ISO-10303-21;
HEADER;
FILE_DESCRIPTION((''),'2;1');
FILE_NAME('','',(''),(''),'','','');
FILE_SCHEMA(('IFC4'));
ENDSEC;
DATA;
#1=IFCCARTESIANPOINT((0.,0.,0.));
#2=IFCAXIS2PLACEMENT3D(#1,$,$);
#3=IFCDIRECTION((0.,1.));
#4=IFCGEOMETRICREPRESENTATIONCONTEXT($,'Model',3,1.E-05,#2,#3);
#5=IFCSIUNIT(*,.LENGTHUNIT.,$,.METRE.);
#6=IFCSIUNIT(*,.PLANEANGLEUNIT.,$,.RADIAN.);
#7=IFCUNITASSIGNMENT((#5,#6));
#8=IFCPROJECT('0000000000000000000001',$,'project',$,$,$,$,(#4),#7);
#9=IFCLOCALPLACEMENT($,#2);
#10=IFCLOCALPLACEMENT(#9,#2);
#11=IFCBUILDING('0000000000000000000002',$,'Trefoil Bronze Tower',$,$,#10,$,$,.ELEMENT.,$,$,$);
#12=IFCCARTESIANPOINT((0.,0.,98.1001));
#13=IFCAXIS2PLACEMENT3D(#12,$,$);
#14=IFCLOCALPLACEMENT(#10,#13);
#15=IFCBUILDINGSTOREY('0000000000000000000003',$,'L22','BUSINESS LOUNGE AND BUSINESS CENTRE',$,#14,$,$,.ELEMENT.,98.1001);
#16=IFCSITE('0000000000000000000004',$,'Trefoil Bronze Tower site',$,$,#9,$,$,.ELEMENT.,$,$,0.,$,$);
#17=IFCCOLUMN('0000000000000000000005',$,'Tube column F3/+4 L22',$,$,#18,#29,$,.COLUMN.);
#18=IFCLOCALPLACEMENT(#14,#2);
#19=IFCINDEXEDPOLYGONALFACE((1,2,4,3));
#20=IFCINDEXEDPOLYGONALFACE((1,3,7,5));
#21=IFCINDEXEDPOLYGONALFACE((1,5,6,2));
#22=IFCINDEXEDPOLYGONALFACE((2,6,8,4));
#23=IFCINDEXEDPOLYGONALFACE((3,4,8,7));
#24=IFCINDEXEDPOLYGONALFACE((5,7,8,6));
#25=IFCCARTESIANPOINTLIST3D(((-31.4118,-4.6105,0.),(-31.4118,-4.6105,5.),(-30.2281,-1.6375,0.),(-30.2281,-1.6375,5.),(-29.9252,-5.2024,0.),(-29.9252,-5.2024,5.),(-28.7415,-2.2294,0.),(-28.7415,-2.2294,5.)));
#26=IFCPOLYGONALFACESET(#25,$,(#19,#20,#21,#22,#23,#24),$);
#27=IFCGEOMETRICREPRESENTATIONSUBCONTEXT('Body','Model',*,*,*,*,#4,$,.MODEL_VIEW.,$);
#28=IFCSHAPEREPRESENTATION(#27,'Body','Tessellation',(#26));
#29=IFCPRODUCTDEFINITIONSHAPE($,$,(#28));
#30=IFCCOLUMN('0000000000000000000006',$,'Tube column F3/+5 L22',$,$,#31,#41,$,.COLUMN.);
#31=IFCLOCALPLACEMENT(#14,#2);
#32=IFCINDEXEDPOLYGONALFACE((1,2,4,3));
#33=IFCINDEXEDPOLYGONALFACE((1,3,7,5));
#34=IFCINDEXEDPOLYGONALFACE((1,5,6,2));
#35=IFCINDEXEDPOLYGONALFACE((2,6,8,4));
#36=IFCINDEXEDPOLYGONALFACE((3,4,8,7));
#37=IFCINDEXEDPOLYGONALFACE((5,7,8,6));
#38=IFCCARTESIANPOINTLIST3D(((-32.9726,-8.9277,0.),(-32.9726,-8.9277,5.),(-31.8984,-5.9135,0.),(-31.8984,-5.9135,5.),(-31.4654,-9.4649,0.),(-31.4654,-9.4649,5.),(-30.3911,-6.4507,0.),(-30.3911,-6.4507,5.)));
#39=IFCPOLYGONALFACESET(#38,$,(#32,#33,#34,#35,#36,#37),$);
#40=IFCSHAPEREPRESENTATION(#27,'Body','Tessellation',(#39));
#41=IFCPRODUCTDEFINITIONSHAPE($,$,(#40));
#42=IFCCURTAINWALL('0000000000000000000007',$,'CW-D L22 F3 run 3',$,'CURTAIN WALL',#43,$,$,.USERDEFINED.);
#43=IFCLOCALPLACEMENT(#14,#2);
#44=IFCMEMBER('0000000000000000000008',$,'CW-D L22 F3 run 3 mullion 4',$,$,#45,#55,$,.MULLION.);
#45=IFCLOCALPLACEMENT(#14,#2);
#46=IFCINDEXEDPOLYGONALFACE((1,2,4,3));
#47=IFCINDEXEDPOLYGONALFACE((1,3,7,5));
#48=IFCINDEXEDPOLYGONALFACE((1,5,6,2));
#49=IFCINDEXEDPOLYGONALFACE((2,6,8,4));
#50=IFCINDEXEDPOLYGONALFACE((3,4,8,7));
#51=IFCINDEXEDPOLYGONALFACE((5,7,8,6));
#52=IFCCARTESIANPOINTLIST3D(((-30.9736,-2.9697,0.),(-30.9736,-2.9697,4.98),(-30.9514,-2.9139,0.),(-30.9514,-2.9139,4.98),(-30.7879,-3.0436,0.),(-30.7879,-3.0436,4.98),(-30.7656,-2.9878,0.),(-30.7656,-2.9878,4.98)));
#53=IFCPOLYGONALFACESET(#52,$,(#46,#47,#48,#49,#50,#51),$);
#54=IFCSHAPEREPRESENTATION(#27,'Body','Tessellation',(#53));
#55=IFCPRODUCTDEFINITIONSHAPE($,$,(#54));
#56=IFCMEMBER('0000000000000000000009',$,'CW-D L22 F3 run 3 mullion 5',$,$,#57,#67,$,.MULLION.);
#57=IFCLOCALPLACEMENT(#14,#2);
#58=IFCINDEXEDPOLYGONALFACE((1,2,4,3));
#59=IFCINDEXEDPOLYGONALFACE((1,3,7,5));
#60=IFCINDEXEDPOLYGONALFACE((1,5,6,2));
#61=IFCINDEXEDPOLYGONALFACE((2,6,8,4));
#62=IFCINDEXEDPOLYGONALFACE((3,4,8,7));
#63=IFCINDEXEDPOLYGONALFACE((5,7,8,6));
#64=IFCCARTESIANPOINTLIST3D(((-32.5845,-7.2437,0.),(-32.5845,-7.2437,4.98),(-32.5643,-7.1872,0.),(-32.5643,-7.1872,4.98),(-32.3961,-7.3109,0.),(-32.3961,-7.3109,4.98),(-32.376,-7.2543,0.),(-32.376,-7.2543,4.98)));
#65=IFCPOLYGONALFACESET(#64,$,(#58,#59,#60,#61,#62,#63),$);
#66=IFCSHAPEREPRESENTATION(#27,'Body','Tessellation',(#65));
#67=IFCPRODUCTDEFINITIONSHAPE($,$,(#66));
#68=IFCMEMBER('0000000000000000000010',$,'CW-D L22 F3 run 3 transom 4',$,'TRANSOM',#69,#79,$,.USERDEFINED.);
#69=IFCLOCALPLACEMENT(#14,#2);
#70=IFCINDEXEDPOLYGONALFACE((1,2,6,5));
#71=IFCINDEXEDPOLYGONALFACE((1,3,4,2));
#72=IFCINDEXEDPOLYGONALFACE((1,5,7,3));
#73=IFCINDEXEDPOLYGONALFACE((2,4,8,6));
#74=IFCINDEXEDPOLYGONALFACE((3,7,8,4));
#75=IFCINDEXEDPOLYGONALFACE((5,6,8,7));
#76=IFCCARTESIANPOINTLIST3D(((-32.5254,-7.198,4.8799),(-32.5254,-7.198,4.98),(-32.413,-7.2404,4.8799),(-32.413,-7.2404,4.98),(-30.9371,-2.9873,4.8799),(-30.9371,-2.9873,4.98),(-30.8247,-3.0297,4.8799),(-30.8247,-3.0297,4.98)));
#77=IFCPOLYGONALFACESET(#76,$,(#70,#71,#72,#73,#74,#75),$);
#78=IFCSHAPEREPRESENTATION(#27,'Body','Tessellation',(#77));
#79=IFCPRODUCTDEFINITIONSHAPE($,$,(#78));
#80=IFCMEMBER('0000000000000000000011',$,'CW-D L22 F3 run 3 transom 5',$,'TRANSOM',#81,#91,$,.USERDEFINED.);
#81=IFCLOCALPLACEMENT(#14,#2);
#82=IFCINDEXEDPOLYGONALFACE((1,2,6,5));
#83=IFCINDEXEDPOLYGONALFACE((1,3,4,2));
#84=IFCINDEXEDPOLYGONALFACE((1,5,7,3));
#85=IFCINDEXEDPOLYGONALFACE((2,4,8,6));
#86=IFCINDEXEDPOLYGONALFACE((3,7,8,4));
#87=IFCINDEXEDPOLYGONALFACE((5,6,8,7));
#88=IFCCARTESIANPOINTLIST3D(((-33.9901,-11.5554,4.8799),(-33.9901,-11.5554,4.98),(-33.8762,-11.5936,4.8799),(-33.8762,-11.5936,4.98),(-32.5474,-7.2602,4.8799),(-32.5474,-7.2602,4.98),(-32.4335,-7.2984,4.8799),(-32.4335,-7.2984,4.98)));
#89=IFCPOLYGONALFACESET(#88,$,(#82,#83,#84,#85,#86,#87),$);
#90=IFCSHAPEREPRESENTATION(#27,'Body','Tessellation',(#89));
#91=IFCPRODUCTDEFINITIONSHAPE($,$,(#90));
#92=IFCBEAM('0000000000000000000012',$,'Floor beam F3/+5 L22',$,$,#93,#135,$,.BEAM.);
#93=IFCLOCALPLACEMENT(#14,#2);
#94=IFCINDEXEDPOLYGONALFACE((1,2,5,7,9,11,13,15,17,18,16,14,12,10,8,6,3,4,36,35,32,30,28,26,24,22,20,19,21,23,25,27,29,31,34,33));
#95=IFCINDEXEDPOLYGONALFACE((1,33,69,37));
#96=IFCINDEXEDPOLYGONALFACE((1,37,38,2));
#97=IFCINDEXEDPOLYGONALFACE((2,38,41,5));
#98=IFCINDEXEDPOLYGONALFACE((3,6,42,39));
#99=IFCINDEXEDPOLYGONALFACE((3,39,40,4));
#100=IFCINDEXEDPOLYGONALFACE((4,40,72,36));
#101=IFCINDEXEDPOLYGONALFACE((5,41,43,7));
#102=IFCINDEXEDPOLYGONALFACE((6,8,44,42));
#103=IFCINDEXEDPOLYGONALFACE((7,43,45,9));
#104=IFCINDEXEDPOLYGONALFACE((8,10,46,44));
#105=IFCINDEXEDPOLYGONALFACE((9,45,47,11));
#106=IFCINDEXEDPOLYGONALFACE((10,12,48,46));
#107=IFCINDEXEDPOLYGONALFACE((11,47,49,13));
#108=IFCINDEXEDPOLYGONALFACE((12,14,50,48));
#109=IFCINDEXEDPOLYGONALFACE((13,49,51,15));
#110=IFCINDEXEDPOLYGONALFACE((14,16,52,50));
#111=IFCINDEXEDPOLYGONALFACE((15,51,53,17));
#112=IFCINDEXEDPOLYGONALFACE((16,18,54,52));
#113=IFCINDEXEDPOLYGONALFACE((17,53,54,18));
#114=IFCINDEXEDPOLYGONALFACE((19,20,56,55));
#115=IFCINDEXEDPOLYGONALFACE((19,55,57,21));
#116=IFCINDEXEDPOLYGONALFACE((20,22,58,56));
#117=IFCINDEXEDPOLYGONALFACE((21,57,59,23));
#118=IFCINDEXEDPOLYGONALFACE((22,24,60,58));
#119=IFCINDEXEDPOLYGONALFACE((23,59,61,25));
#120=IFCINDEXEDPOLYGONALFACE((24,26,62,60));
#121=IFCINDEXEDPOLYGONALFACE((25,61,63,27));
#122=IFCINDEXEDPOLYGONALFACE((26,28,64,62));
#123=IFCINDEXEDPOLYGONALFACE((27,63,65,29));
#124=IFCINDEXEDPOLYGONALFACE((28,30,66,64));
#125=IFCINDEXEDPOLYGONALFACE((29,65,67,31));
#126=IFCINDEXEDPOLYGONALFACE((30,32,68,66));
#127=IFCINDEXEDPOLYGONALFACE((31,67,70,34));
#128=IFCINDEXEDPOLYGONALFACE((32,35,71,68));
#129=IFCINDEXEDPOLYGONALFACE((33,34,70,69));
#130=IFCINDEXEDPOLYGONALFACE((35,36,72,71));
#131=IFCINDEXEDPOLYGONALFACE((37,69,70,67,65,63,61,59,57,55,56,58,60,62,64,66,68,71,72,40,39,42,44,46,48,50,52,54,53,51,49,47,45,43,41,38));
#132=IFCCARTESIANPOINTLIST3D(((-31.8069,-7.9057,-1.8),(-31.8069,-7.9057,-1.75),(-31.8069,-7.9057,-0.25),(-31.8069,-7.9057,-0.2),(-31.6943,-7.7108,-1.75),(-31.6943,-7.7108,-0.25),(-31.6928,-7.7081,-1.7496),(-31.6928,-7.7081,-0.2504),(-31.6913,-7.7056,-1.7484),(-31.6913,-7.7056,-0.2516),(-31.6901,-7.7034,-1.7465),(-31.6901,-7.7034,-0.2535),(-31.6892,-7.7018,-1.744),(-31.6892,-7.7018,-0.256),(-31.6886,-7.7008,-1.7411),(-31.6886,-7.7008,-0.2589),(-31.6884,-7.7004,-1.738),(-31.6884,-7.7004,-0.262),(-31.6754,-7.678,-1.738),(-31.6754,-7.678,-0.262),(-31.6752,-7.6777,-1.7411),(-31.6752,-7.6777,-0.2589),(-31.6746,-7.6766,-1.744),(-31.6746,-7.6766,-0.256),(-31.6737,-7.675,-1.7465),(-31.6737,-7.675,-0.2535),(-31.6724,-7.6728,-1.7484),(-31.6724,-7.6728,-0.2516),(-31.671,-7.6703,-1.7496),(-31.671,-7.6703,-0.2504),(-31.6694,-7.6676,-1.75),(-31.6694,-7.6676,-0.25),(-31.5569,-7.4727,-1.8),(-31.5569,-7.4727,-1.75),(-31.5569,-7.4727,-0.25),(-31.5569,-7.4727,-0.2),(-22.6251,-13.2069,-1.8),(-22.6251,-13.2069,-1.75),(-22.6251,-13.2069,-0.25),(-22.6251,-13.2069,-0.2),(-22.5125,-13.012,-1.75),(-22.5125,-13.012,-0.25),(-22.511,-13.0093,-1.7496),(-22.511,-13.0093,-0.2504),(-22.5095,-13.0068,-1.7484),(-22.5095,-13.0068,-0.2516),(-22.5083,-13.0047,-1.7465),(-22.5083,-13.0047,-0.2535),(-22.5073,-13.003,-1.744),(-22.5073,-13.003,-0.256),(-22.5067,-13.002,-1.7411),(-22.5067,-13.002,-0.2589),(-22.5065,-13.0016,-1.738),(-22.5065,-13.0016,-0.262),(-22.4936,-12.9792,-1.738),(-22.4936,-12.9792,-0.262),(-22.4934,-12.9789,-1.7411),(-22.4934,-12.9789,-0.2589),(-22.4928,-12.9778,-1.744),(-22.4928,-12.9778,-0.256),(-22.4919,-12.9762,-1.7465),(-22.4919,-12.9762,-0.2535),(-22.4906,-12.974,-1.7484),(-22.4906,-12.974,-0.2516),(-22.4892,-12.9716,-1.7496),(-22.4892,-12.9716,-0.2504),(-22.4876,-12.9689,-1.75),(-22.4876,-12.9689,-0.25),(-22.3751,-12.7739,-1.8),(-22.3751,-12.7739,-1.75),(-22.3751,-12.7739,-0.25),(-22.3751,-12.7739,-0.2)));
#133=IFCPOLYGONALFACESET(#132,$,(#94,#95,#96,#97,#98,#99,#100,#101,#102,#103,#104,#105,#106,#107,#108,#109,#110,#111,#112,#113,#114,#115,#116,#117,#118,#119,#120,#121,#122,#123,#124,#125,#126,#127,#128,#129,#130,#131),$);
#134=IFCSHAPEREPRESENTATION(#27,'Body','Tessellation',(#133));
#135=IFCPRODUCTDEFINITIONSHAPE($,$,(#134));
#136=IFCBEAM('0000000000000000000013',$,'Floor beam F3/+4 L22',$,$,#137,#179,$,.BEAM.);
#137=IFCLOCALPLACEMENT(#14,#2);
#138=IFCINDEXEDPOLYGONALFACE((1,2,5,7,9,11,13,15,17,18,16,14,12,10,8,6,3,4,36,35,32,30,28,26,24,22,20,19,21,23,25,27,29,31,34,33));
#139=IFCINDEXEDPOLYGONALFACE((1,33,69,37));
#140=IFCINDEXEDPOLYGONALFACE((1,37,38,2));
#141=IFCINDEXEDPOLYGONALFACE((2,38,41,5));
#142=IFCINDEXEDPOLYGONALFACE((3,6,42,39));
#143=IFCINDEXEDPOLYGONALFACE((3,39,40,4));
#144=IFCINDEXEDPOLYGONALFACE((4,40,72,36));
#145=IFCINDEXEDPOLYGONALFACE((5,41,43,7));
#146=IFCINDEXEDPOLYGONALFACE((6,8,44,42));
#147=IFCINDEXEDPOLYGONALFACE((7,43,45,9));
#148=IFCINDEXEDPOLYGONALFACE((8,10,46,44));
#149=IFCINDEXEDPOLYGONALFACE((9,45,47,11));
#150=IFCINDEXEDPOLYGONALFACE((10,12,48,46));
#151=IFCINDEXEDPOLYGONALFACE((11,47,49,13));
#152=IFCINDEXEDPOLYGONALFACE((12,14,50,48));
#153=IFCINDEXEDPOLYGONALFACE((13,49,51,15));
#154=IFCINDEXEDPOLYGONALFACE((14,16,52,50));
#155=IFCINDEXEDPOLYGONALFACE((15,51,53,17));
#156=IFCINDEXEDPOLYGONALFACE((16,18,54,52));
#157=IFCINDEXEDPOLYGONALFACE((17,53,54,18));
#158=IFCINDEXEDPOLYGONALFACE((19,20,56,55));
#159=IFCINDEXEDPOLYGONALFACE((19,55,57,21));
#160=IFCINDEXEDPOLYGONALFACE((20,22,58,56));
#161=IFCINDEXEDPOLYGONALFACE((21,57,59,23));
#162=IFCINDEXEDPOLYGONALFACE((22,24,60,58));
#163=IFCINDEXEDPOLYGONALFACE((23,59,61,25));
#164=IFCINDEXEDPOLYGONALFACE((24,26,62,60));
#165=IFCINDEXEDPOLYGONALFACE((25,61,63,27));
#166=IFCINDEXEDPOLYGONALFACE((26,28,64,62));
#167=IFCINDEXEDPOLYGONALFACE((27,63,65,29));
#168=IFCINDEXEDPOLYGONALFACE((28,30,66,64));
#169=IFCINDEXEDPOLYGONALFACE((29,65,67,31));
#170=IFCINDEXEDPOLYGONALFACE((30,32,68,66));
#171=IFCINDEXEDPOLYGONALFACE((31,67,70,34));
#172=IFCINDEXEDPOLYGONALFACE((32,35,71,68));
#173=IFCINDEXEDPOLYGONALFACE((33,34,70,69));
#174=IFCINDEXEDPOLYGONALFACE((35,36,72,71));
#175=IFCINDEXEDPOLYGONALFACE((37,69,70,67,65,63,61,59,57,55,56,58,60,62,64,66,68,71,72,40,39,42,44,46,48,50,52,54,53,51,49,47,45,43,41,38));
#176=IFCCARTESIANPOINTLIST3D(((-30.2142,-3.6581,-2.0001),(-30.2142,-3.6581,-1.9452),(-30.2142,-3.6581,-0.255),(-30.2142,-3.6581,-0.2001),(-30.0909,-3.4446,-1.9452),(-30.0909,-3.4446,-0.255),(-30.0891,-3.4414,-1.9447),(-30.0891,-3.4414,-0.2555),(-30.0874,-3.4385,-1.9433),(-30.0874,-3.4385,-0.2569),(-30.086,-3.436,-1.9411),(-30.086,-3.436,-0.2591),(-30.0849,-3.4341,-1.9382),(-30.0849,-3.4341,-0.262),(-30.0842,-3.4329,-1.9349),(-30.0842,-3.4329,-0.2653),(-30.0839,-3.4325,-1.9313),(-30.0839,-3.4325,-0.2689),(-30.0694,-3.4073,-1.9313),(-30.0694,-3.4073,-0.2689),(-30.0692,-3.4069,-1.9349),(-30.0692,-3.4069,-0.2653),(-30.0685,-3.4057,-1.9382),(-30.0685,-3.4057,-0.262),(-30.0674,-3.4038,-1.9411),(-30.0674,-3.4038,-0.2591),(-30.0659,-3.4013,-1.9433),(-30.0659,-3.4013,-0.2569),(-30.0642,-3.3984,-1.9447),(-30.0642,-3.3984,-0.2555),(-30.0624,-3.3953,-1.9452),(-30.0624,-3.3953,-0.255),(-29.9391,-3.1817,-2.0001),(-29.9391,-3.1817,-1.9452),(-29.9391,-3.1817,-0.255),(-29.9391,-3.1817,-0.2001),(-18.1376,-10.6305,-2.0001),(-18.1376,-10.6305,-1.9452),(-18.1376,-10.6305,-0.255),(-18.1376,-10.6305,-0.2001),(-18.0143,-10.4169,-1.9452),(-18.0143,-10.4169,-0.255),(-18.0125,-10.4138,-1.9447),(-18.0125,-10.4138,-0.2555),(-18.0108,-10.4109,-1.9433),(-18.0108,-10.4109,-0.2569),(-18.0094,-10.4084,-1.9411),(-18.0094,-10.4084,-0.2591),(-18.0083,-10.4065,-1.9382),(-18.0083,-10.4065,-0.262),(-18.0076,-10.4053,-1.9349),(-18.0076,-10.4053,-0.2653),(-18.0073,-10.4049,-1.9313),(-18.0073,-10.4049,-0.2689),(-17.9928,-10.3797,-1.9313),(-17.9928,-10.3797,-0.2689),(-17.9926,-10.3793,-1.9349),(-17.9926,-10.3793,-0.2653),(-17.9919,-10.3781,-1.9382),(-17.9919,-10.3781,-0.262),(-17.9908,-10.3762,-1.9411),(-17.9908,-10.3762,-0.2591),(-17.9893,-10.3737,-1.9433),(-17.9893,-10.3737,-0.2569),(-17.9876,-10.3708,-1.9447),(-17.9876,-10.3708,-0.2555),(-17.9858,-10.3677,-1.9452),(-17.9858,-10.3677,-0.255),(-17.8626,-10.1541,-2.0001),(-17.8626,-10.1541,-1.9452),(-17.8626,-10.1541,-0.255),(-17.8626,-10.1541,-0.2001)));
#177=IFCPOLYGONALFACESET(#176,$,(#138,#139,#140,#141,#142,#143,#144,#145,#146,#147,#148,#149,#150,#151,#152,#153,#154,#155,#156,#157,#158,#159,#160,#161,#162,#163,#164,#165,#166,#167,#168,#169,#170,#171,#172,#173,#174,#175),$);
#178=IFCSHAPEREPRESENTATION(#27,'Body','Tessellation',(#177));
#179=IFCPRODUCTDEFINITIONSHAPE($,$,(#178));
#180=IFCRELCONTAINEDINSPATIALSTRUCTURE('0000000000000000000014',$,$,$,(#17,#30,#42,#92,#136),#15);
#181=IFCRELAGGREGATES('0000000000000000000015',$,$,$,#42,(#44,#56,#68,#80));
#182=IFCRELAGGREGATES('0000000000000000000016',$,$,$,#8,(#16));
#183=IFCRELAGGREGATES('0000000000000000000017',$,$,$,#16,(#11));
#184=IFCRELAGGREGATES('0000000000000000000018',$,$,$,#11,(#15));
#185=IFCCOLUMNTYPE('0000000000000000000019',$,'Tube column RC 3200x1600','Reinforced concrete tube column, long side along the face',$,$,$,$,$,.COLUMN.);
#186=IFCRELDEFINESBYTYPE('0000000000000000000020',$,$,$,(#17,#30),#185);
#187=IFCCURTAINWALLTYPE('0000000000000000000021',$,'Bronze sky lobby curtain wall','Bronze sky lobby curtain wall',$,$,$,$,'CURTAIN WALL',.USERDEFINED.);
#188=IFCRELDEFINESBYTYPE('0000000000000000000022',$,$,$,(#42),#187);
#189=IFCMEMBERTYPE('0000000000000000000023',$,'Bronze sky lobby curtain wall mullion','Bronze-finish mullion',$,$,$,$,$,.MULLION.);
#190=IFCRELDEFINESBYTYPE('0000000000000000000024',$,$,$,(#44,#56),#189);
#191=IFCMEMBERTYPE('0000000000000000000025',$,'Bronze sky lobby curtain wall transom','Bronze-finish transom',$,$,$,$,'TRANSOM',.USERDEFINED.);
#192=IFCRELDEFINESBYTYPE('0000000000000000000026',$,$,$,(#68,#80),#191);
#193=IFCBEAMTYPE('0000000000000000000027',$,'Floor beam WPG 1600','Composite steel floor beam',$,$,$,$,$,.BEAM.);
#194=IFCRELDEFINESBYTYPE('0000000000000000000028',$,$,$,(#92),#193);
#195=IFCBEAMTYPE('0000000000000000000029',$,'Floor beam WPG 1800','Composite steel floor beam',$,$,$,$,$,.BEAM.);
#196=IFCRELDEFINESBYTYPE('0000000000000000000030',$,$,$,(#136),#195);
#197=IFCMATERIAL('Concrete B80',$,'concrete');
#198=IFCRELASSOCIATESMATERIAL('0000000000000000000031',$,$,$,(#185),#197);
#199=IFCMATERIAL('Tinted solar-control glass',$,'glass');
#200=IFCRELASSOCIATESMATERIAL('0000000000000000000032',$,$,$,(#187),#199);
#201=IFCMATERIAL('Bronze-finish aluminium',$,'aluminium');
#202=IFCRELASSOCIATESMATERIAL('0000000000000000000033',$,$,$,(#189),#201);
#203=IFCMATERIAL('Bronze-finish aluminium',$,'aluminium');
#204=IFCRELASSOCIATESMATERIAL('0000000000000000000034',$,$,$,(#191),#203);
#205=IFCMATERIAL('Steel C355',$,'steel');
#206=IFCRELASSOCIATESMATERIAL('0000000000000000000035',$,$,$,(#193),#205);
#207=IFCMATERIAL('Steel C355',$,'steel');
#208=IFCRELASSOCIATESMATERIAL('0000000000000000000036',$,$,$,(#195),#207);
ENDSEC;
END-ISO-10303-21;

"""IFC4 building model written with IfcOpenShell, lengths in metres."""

from ifc_helpers import new_model, si_unit, direction, frame, origin, origin_2d, place, context, subcontext, project, spatial, rectangle, i_section, extrude, material, material_profile, profile_set, type_object, element, aggregate, save


model = new_model("IFC4")

# Units and contexts
model_context = context("Model", 3, precision=1e-05, world=origin(), true_north=direction((0.0, 1.0)))
body_context = subcontext(model_context, "Body", "Model", "MODEL_VIEW")
ifc_project = project(units=[si_unit("LENGTHUNIT", "METRE"), si_unit("PLANEANGLEUNIT", "RADIAN")], contexts=[model_context])

# Site, building, storey
site_placement = place(None, origin())
site = spatial("IfcSite", under=ifc_project, at=site_placement, Name="Trefoil Bronze Tower site", CompositionType="ELEMENT", RefElevation=0.0)
building_placement = place(site_placement, origin())
building = spatial("IfcBuilding", under=site, at=building_placement, Name="Trefoil Bronze Tower", CompositionType="ELEMENT")
storey_placement = place(building_placement, frame((0.0, 0.0, 98.1001)))
storey = spatial("IfcBuildingStorey", under=building, at=storey_placement, Name="L22", Description="BUSINESS LOUNGE AND BUSINESS CENTRE", CompositionType="ELEMENT", Elevation=98.1001)

# Columns
ifc_material_1 = material(Name="Concrete B80", Category="concrete")
ifc_material_profile_1 = material_profile(ifc_material_1, rectangle(XDim=3.2, YDim=1.6001, at=origin_2d()), Name="RC 3200x1600")
ifc_profile_set_1 = profile_set([ifc_material_profile_1], Name="Concrete B80")
column_type = type_object("IfcColumnType", Name="Tube column RC 3200x1600", Description="Reinforced concrete tube column, long side along the face", PredefinedType="COLUMN", material=ifc_profile_set_1)
for number, where, z_axis, x_axis, name in (
    (1, (-30.0767, -3.4199, 0.0), (0.0, 0.0, 1.0), (-0.369901, -0.929071, 0.0), "Tube column F3/+4 L22"),
    (2, (-31.6819, -7.6892, 0.0), (0.0, 0.0, 1.0), (-0.335718, -0.941963, 0.0), "Tube column F3/+5 L22"),
):
    element("IfcColumn", number, at=place(storey_placement, frame(where, z_axis=z_axis, x_axis=x_axis)), inside=storey, type_object=column_type, Name=name, PredefinedType="COLUMN", context=body_context, shape_type="SweptSolid", body=[
        extrude(rectangle(XDim=3.2, YDim=1.6001, at=origin_2d()), origin(), (0.0, 0.0, 1.0), 5.0),
    ])

# Curtain wall, members
ifc_material_2 = material(Name="Tinted solar-control glass", Category="glass")
curtain_wall_type = type_object("IfcCurtainWallType", Name="Bronze sky lobby curtain wall", Description="Bronze sky lobby curtain wall", ElementType="CURTAIN WALL", PredefinedType="USERDEFINED", material=ifc_material_2)
curtain_wall_placement = place(storey_placement, origin())
curtain_wall = element("IfcCurtainWall", 3, at=curtain_wall_placement, inside=storey, type_object=curtain_wall_type, Name="CW-D L22 F3 run 3", ObjectType="CURTAIN WALL", PredefinedType="USERDEFINED")
ifc_material_3 = material(Name="Bronze-finish aluminium", Category="aluminium")
ifc_material_profile_2 = material_profile(ifc_material_3, rectangle(XDim=0.2, YDim=0.0601, at=origin_2d()), Name="CW-D mullion")
ifc_profile_set_2 = profile_set([ifc_material_profile_2], Name="Bronze-finish aluminium")
member_type_1 = type_object("IfcMemberType", Name="Bronze sky lobby curtain wall mullion", Description="Bronze-finish mullion", PredefinedType="MULLION", material=ifc_profile_set_2)
member_1_placement = place(storey_placement, frame((-30.8696, -2.9788, 0.0), z_axis=(0.0, 0.0, 1.0), x_axis=(0.929071, -0.369901, 0.0)))
member_1 = element("IfcMember", 4, at=member_1_placement, type_object=member_type_1, Name="CW-D L22 F3 run 3 mullion 4", PredefinedType="MULLION", context=body_context, shape_type="SweptSolid", body=[
    extrude(rectangle(XDim=0.2, YDim=0.0601, at=origin_2d()), origin(), (0.0, 0.0, 1.0), 4.98),
])
member_2_placement = place(storey_placement, frame((-32.4802, -7.249, 0.0), z_axis=(0.0, 0.0, 1.0), x_axis=(0.941963, -0.335718, 0.0)))
member_2 = element("IfcMember", 5, at=member_2_placement, type_object=member_type_1, Name="CW-D L22 F3 run 3 mullion 5", PredefinedType="MULLION", context=body_context, shape_type="SweptSolid", body=[
    extrude(rectangle(XDim=0.2, YDim=0.0601, at=origin_2d()), origin(), (0.0, 0.0, 1.0), 4.98),
])
ifc_material_4 = material(Name="Bronze-finish aluminium", Category="aluminium")
ifc_material_profile_3 = material_profile(ifc_material_4, rectangle(XDim=0.1201, YDim=0.1001, at=origin_2d()), Name="CW-D transom")
ifc_profile_set_3 = profile_set([ifc_material_profile_3], Name="Bronze-finish aluminium")
member_type_2 = type_object("IfcMemberType", Name="Bronze sky lobby curtain wall transom", Description="Bronze-finish transom", ElementType="TRANSOM", PredefinedType="USERDEFINED", material=ifc_profile_set_3)
member_3_placement = place(storey_placement, frame((-30.8809, -3.0085, 4.9299), z_axis=(-0.352948, -0.935643, 0.0), x_axis=(0.935643, -0.352948, 0.0)))
member_3 = element("IfcMember", 6, at=member_3_placement, type_object=member_type_2, Name="CW-D L22 F3 run 3 transom 4", ObjectType="TRANSOM", PredefinedType="USERDEFINED", context=body_context, shape_type="SweptSolid", body=[
    extrude(rectangle(XDim=0.1201, YDim=0.1001, at=origin_2d()), origin(), (0.0, 0.0, 1.0), 4.5002),
])
member_4_placement = place(storey_placement, frame((-32.4905, -7.2793, 4.9299), z_axis=(-0.318393, -0.947959, 0.0), x_axis=(0.947959, -0.318393, 0.0)))
member_4 = element("IfcMember", 7, at=member_4_placement, type_object=member_type_2, Name="CW-D L22 F3 run 3 transom 5", ObjectType="TRANSOM", PredefinedType="USERDEFINED", context=body_context, shape_type="SweptSolid", body=[
    extrude(rectangle(XDim=0.1201, YDim=0.1001, at=origin_2d()), origin(), (0.0, 0.0, 1.0), 4.531),
])

# Beams
ifc_material_5 = material(Name="Steel C355", Category="steel")
ifc_material_profile_4 = material_profile(ifc_material_5, i_section(OverallWidth=0.5, OverallDepth=1.6001, WebThickness=0.0259, FlangeThickness=0.05, FilletRadius=0.012, at=origin_2d()), Name="WPG 1600")
ifc_profile_set_4 = profile_set([ifc_material_profile_4], Name="Steel C355")
beam_type_1 = type_object("IfcBeamType", Name="Floor beam WPG 1600", Description="Composite steel floor beam", PredefinedType="BEAM", material=ifc_profile_set_4)
beam_1_placement = place(storey_placement, frame((-31.6819, -7.6892, -1.0), z_axis=(0.866021, -0.500007, 0.0), x_axis=(0.500007, 0.866021, 0.0)))
element("IfcBeam", 8, at=beam_1_placement, inside=storey, type_object=beam_type_1, Name="Floor beam F3/+5 L22", PredefinedType="BEAM", context=body_context, shape_type="SweptSolid", body=[
    extrude(i_section(OverallWidth=0.5, OverallDepth=1.6001, WebThickness=0.0259, FlangeThickness=0.05, FilletRadius=0.012, at=origin_2d()), origin(), (0.0, 0.0, 1.0), 10.6023),
])
ifc_material_6 = material(Name="Steel C355", Category="steel")
ifc_material_profile_5 = material_profile(ifc_material_6, i_section(OverallWidth=0.55, OverallDepth=1.8, WebThickness=0.0291, FlangeThickness=0.0549, FilletRadius=0.0139, at=origin_2d()), Name="WPG 1800")
ifc_profile_set_5 = profile_set([ifc_material_profile_5], Name="Steel C355")
beam_type_2 = type_object("IfcBeamType", Name="Floor beam WPG 1800", Description="Composite steel floor beam", PredefinedType="BEAM", material=ifc_profile_set_5)
beam_2_placement = place(storey_placement, frame((-30.0767, -3.4199, -1.1001), z_axis=(0.866027, -0.499997, 0.0), x_axis=(0.499997, 0.866027, 0.0)))
element("IfcBeam", 9, at=beam_2_placement, inside=storey, type_object=beam_type_2, Name="Floor beam F3/+4 L22", PredefinedType="BEAM", context=body_context, shape_type="SweptSolid", body=[
    extrude(i_section(OverallWidth=0.55, OverallDepth=1.8, WebThickness=0.0291, FlangeThickness=0.0549, FilletRadius=0.0139, at=origin_2d()), origin(), (0.0, 0.0, 1.0), 13.9448),
])

aggregate(curtain_wall, [member_1, member_2, member_3, member_4])

save(model, "model.ifc")
